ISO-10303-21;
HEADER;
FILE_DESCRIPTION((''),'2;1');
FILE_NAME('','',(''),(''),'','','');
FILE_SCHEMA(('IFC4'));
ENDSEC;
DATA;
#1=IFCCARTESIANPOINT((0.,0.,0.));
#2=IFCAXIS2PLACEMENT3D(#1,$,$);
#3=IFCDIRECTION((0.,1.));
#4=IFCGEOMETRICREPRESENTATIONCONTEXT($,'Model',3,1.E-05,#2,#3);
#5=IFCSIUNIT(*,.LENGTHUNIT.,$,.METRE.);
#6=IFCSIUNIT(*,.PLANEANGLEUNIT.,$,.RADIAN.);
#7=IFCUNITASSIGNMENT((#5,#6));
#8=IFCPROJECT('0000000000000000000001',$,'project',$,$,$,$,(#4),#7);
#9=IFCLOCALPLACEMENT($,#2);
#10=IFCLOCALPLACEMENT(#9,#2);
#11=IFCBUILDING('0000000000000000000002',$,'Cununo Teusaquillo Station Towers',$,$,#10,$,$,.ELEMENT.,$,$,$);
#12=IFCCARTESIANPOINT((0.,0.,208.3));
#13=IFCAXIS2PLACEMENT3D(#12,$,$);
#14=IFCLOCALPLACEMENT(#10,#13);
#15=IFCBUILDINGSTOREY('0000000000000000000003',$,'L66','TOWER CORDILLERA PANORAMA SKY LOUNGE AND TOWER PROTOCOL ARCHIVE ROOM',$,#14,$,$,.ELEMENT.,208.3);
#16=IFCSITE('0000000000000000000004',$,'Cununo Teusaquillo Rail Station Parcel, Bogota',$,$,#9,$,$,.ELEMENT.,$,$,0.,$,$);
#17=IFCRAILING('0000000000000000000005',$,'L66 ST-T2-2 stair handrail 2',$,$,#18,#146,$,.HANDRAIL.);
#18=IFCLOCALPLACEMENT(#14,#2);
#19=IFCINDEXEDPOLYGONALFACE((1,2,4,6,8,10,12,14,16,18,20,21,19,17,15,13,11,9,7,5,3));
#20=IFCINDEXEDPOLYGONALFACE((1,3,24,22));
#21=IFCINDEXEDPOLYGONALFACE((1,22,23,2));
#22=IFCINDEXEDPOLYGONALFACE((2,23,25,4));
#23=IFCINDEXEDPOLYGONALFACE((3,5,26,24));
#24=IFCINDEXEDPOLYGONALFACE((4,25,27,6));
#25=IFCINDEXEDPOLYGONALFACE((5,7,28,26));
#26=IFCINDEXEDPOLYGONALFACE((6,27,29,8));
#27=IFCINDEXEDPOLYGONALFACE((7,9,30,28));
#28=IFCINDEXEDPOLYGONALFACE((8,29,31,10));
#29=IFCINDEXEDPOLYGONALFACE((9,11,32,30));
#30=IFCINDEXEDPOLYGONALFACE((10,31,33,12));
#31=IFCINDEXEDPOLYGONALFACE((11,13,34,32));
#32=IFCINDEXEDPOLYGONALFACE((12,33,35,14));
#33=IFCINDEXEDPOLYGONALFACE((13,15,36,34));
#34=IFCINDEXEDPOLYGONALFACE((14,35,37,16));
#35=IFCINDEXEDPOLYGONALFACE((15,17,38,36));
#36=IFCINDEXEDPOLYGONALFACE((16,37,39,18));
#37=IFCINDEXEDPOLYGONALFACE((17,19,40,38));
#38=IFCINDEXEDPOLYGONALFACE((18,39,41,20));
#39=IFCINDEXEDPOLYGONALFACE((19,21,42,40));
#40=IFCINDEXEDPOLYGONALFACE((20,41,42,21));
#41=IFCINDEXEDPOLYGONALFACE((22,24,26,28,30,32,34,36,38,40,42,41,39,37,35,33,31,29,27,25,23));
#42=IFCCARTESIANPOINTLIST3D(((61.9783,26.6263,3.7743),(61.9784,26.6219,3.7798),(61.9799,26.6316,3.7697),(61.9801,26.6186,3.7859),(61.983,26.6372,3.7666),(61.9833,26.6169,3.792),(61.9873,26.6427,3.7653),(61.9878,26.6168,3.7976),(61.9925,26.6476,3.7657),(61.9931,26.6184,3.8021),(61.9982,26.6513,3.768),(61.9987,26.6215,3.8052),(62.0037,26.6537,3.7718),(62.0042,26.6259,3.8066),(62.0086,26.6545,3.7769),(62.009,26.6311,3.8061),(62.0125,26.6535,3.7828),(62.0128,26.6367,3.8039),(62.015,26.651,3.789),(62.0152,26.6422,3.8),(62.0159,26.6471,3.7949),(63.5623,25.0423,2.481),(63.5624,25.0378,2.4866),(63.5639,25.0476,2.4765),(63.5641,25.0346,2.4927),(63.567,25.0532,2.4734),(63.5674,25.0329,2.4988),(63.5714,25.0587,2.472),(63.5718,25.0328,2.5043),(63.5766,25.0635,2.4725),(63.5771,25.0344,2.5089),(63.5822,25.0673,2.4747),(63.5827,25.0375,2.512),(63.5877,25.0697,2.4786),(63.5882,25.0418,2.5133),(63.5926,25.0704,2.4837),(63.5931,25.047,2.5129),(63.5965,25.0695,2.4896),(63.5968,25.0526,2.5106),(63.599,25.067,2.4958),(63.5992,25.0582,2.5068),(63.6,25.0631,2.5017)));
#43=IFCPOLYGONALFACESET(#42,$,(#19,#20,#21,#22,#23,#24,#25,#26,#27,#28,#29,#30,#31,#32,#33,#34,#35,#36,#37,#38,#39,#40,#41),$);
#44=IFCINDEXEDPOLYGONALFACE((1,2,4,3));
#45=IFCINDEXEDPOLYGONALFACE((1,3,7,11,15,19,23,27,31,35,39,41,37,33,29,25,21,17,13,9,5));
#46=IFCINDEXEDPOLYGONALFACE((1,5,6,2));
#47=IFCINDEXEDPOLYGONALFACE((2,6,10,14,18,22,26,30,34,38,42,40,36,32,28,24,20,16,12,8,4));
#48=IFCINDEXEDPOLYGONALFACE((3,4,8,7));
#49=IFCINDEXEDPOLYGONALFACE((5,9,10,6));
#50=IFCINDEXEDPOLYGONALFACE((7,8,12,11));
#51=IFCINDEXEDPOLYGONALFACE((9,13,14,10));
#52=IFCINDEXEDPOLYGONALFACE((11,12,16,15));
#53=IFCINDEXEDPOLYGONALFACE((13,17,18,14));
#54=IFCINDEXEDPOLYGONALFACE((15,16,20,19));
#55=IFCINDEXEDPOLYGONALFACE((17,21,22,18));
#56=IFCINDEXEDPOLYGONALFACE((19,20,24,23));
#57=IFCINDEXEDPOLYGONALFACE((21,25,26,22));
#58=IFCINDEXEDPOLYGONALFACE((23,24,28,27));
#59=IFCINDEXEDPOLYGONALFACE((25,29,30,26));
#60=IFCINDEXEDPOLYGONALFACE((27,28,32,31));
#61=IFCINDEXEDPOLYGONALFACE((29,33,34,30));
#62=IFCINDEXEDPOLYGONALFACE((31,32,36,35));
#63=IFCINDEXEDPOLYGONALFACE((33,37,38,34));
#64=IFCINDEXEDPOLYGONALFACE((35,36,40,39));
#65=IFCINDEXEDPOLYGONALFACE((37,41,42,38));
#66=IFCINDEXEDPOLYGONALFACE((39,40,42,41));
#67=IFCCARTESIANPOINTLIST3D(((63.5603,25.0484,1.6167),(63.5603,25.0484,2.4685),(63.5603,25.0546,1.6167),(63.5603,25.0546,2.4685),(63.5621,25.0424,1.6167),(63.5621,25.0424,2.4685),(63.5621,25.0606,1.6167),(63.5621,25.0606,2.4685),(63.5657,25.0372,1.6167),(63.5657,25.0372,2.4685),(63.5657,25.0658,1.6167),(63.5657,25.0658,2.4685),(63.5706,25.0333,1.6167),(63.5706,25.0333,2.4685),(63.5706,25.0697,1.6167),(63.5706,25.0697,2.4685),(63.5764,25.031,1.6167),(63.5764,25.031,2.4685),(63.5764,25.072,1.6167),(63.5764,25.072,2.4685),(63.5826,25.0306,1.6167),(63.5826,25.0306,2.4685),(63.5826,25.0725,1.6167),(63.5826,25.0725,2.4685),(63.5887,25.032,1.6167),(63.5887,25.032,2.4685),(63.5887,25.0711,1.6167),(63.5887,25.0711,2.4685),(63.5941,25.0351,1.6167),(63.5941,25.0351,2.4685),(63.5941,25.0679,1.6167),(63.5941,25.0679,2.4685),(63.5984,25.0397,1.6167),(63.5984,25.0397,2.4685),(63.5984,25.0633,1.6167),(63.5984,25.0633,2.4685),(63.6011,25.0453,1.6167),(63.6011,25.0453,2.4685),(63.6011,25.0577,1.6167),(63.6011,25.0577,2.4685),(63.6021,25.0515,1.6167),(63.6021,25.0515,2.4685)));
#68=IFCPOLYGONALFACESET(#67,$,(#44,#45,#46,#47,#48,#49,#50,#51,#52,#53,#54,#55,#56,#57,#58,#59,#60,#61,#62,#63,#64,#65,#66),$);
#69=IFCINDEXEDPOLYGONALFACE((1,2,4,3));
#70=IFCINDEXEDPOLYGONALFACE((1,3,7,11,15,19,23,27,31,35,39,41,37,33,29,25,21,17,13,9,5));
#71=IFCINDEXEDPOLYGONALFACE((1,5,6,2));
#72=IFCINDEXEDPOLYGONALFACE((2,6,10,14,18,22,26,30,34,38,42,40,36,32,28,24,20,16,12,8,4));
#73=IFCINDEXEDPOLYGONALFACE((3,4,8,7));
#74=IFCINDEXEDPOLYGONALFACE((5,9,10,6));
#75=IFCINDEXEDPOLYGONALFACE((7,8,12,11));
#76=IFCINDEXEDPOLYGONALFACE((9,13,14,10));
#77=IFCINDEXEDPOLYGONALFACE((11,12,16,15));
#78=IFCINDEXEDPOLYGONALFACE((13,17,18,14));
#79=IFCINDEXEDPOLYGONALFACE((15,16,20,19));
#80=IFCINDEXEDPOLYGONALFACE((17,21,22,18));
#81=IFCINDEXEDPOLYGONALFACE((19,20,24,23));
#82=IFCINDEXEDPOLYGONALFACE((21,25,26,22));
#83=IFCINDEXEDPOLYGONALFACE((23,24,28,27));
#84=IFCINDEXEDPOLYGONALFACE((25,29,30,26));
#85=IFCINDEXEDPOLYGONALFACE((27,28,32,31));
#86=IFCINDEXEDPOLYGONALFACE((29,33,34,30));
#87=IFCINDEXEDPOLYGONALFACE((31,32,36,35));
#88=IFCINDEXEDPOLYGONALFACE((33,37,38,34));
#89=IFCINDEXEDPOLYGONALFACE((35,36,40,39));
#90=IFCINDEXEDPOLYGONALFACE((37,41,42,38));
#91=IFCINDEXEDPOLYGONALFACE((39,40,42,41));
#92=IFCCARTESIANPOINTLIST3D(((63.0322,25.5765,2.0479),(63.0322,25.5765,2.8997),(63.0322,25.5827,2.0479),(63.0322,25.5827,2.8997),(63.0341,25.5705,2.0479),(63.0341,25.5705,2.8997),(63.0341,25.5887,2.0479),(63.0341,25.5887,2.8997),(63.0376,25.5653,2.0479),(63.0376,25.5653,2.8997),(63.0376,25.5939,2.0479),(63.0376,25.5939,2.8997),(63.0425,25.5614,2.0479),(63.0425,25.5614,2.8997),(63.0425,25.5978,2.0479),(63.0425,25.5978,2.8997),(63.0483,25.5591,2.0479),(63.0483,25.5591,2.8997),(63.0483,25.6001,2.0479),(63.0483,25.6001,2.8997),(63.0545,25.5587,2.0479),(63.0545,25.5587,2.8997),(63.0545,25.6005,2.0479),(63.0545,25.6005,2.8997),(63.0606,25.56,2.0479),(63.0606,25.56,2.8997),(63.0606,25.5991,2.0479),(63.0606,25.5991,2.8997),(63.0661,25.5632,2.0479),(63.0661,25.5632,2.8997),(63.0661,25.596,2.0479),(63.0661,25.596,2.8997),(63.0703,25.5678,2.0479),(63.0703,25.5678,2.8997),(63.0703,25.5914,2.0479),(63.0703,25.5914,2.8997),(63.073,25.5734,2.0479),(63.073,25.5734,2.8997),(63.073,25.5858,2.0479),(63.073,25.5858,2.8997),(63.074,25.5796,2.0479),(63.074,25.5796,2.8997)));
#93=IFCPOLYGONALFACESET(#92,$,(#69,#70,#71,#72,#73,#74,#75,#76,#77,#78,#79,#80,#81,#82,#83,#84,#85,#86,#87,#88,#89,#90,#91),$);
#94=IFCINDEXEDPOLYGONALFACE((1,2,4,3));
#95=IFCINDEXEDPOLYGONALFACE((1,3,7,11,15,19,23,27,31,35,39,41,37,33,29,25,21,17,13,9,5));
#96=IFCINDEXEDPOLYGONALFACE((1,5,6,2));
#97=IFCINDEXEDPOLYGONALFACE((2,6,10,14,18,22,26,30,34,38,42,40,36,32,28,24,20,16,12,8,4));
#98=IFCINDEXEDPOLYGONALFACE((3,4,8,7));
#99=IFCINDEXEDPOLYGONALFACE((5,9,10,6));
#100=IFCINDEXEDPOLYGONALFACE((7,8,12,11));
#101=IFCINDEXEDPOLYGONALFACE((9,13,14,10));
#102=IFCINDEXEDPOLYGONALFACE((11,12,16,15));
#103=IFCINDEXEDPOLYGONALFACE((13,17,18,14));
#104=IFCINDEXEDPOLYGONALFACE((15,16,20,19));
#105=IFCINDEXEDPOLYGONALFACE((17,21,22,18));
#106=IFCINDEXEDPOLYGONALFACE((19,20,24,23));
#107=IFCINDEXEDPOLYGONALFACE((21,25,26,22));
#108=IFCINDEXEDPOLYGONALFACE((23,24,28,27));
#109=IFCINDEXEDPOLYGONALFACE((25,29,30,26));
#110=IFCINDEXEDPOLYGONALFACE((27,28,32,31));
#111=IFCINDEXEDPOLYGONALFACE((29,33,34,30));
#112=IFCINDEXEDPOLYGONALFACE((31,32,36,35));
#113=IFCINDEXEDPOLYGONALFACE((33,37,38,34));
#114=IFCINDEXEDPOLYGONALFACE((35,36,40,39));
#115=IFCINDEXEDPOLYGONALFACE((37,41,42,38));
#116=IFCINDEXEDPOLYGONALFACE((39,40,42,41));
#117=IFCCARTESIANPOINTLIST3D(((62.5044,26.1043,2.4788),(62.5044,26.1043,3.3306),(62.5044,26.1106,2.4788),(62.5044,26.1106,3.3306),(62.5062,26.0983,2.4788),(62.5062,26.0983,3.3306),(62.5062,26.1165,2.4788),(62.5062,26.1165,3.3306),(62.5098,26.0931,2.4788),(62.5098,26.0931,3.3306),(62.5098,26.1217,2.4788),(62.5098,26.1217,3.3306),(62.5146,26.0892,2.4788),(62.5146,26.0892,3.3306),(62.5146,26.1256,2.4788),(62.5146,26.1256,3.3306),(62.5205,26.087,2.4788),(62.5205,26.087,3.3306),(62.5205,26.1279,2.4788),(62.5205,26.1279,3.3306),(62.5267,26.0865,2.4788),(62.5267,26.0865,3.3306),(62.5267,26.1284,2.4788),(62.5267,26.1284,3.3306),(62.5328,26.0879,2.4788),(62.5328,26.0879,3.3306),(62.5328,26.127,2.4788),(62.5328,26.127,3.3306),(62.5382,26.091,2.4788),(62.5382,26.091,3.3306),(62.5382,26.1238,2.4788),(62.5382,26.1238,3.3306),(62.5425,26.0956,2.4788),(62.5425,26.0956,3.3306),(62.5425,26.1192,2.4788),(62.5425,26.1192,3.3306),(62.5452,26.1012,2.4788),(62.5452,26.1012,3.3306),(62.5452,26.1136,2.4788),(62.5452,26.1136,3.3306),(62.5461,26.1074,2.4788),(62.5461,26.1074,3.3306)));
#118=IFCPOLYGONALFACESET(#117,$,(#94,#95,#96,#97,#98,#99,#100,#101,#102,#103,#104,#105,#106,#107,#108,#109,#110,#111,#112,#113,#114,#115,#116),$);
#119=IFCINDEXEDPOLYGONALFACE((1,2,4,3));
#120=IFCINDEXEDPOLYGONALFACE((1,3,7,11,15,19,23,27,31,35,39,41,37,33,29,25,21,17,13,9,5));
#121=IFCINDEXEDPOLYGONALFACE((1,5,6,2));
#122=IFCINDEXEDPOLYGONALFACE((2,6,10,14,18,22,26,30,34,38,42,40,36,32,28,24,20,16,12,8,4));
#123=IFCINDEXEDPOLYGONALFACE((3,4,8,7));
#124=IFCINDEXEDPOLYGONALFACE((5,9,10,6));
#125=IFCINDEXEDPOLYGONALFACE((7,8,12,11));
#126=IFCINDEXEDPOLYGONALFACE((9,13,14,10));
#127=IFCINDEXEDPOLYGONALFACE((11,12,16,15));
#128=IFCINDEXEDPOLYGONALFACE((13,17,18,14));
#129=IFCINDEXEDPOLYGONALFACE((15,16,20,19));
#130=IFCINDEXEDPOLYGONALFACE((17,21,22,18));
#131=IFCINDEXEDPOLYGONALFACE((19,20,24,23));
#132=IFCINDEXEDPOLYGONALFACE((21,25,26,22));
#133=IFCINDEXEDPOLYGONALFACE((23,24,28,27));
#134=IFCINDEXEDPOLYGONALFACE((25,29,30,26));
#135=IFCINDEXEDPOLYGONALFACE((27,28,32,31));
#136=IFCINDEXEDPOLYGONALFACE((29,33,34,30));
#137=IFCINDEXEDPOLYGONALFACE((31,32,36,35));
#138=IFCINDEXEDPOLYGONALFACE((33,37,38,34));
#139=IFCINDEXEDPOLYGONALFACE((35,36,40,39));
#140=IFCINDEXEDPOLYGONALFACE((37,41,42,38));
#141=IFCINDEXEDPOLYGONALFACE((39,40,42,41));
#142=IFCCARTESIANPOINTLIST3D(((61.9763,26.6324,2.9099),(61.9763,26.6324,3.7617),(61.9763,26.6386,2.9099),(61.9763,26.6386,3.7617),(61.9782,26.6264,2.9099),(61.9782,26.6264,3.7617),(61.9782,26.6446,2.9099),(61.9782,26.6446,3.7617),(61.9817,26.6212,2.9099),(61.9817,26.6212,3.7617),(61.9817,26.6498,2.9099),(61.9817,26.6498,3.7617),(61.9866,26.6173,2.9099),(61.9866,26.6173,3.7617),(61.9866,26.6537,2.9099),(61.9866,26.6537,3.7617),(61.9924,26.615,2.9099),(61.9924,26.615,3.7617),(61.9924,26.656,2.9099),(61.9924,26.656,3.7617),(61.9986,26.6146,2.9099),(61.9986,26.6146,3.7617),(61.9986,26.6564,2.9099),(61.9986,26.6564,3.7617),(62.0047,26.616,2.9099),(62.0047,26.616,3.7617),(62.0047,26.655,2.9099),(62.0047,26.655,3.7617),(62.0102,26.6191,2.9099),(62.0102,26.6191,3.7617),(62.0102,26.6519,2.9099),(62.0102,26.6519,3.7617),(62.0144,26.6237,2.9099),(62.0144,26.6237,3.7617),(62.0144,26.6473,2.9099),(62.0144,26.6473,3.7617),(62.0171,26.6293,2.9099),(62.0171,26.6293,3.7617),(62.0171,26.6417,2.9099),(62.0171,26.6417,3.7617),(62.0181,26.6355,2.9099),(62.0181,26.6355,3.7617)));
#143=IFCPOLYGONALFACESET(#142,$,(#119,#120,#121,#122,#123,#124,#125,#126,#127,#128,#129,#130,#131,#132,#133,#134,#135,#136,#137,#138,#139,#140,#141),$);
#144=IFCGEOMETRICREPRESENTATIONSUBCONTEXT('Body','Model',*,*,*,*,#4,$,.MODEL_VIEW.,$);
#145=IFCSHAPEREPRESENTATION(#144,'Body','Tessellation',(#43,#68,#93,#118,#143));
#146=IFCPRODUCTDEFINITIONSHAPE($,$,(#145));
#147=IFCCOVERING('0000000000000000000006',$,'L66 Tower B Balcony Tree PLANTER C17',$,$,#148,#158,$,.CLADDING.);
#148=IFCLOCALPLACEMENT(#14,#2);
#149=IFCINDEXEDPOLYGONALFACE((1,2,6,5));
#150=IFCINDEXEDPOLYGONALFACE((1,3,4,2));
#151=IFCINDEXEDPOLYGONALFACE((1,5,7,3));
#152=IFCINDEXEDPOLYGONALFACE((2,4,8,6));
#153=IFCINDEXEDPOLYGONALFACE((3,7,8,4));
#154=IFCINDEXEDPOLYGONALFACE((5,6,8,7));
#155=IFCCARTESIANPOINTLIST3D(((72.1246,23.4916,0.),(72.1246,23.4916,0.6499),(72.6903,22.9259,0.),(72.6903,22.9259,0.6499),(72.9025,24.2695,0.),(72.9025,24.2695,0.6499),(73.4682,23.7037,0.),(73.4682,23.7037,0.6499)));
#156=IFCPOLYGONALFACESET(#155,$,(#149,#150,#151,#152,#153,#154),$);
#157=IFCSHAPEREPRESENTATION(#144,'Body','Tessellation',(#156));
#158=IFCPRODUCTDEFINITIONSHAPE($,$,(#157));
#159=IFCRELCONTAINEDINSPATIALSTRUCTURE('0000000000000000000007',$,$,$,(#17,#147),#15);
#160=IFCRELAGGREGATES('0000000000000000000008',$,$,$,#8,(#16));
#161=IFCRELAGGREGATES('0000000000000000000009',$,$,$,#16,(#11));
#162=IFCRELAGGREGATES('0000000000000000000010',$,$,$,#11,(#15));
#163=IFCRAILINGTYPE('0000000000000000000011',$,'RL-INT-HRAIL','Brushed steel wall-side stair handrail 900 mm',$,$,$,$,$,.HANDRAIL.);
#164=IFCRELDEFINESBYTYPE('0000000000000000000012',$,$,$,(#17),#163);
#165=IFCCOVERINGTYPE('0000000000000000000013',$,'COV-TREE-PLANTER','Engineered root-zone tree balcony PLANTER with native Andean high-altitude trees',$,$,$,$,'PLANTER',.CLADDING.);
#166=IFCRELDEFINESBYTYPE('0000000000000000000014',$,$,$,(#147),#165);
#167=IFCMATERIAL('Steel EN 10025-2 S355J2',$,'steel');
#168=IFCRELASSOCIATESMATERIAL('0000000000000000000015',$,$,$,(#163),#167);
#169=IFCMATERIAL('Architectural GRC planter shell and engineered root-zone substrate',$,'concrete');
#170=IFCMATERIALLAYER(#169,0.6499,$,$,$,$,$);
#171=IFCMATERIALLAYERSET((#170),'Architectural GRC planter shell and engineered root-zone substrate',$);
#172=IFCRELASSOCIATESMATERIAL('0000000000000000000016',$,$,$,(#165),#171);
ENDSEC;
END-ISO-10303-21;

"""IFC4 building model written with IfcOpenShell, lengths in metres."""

from ifc_helpers import new_model, si_unit, direction, frame, origin, origin_2d, place, context, subcontext, project, spatial, rectangle, circle, extrude, source, transform, mapped, material, layer, layer_set, type_object, element, save


model = new_model("IFC4")

# Units and contexts
model_context = context("Model", 3, precision=1e-05, world=origin(), true_north=direction((0.0, 1.0)))
body_context = subcontext(model_context, "Body", "Model", "MODEL_VIEW")
ifc_project = project(units=[si_unit("LENGTHUNIT", "METRE"), si_unit("PLANEANGLEUNIT", "RADIAN")], contexts=[model_context])

# Site, building, storey
site_placement = place(None, origin())
site = spatial("IfcSite", under=ifc_project, at=site_placement, Name="Cununo Teusaquillo Rail Station Parcel, Bogota", CompositionType="ELEMENT", RefElevation=0.0)
building_placement = place(site_placement, origin())
building = spatial("IfcBuilding", under=site, at=building_placement, Name="Cununo Teusaquillo Station Towers", CompositionType="ELEMENT")
storey_placement = place(building_placement, frame((0.0, 0.0, 208.3)))
storey = spatial("IfcBuildingStorey", under=building, at=storey_placement, Name="L66", Description="TOWER CORDILLERA PANORAMA SKY LOUNGE AND TOWER PROTOCOL ARCHIVE ROOM", CompositionType="ELEMENT", Elevation=208.3)

# Railing
ifc_material_1 = material(Name="Steel EN 10025-2 S355J2", Category="steel")
railing_type_1 = type_object("IfcRailingType", Name="RL-INT-HRAIL", Description="Brushed steel wall-side stair handrail 900 mm", PredefinedType="HANDRAIL", material=ifc_material_1)
railing_1_placement = place(storey_placement, frame((63.5811, 25.0515, 1.6167)))
element("IfcRailing", 1, at=railing_1_placement, inside=storey, type_object=railing_type_1, Name="L66 ST-T2-2 stair handrail 2", PredefinedType="HANDRAIL", context=body_context, shape_type="SweptSolid", body=[
    extrude(circle(Radius=0.0239, at=origin_2d()), frame((0.0, 0.0, 0.876), z_axis=(-0.612385, 0.612385, 0.49997), x_axis=(-0.707107, -0.707107, 0.0)), (0.0, 0.0, 1.0), 2.5867),
    extrude(circle(Radius=0.021, at=origin_2d()), origin(), (0.0, 0.0, 1.0), 0.8518),
    extrude(circle(Radius=0.021, at=origin_2d()), frame((-0.5281, 0.5281, 0.4312)), (0.0, 0.0, 1.0), 0.8518),
    extrude(circle(Radius=0.021, at=origin_2d()), frame((-1.0559, 1.0559, 0.8621)), (0.0, 0.0, 1.0), 0.8518),
    extrude(circle(Radius=0.021, at=origin_2d()), frame((-1.584, 1.584, 1.2932)), (0.0, 0.0, 1.0), 0.8518),
])

# Covering
ifc_material_2 = material(Name="Architectural GRC planter shell and engineered root-zone substrate", Category="concrete")
ifc_layer_1 = layer(ifc_material_2, 0.6499)
ifc_layer_set_1 = layer_set([ifc_layer_1], Name="Architectural GRC planter shell and engineered root-zone substrate")
covering_type = type_object("IfcCoveringType", Name="COV-TREE-PLANTER", Description="Engineered root-zone tree balcony PLANTER with native Andean high-altitude trees", ElementType="PLANTER", PredefinedType="CLADDING", material=ifc_layer_set_1)
shared_shape_1 = source(origin(), body_context, "Body", "SweptSolid", [
    extrude(rectangle(XDim=1.1001, YDim=0.8, at=origin_2d()), origin(), (0.0, 0.0, 1.0), 0.6499),
])
covering_placement = place(storey_placement, frame((72.7964, 23.5977, 0.0), z_axis=(0.0, 0.0, 1.0), x_axis=(0.707107, 0.707107, 0.0)))
element("IfcCovering", 2, at=covering_placement, inside=storey, type_object=covering_type, Name="L66 Tower B Balcony Tree PLANTER C17", PredefinedType="CLADDING", context=body_context, shape_type="MappedRepresentation", body=[
    mapped(shared_shape_1, transform((0.0, 0.0, 0.0), x_axis=(1.0, 0.0, 0.0), y_axis=(0.0, 1.0, 0.0), z_axis=(0.0, 0.0, 1.0), scale=1.0)),
])

save(model, "model.ifc")
